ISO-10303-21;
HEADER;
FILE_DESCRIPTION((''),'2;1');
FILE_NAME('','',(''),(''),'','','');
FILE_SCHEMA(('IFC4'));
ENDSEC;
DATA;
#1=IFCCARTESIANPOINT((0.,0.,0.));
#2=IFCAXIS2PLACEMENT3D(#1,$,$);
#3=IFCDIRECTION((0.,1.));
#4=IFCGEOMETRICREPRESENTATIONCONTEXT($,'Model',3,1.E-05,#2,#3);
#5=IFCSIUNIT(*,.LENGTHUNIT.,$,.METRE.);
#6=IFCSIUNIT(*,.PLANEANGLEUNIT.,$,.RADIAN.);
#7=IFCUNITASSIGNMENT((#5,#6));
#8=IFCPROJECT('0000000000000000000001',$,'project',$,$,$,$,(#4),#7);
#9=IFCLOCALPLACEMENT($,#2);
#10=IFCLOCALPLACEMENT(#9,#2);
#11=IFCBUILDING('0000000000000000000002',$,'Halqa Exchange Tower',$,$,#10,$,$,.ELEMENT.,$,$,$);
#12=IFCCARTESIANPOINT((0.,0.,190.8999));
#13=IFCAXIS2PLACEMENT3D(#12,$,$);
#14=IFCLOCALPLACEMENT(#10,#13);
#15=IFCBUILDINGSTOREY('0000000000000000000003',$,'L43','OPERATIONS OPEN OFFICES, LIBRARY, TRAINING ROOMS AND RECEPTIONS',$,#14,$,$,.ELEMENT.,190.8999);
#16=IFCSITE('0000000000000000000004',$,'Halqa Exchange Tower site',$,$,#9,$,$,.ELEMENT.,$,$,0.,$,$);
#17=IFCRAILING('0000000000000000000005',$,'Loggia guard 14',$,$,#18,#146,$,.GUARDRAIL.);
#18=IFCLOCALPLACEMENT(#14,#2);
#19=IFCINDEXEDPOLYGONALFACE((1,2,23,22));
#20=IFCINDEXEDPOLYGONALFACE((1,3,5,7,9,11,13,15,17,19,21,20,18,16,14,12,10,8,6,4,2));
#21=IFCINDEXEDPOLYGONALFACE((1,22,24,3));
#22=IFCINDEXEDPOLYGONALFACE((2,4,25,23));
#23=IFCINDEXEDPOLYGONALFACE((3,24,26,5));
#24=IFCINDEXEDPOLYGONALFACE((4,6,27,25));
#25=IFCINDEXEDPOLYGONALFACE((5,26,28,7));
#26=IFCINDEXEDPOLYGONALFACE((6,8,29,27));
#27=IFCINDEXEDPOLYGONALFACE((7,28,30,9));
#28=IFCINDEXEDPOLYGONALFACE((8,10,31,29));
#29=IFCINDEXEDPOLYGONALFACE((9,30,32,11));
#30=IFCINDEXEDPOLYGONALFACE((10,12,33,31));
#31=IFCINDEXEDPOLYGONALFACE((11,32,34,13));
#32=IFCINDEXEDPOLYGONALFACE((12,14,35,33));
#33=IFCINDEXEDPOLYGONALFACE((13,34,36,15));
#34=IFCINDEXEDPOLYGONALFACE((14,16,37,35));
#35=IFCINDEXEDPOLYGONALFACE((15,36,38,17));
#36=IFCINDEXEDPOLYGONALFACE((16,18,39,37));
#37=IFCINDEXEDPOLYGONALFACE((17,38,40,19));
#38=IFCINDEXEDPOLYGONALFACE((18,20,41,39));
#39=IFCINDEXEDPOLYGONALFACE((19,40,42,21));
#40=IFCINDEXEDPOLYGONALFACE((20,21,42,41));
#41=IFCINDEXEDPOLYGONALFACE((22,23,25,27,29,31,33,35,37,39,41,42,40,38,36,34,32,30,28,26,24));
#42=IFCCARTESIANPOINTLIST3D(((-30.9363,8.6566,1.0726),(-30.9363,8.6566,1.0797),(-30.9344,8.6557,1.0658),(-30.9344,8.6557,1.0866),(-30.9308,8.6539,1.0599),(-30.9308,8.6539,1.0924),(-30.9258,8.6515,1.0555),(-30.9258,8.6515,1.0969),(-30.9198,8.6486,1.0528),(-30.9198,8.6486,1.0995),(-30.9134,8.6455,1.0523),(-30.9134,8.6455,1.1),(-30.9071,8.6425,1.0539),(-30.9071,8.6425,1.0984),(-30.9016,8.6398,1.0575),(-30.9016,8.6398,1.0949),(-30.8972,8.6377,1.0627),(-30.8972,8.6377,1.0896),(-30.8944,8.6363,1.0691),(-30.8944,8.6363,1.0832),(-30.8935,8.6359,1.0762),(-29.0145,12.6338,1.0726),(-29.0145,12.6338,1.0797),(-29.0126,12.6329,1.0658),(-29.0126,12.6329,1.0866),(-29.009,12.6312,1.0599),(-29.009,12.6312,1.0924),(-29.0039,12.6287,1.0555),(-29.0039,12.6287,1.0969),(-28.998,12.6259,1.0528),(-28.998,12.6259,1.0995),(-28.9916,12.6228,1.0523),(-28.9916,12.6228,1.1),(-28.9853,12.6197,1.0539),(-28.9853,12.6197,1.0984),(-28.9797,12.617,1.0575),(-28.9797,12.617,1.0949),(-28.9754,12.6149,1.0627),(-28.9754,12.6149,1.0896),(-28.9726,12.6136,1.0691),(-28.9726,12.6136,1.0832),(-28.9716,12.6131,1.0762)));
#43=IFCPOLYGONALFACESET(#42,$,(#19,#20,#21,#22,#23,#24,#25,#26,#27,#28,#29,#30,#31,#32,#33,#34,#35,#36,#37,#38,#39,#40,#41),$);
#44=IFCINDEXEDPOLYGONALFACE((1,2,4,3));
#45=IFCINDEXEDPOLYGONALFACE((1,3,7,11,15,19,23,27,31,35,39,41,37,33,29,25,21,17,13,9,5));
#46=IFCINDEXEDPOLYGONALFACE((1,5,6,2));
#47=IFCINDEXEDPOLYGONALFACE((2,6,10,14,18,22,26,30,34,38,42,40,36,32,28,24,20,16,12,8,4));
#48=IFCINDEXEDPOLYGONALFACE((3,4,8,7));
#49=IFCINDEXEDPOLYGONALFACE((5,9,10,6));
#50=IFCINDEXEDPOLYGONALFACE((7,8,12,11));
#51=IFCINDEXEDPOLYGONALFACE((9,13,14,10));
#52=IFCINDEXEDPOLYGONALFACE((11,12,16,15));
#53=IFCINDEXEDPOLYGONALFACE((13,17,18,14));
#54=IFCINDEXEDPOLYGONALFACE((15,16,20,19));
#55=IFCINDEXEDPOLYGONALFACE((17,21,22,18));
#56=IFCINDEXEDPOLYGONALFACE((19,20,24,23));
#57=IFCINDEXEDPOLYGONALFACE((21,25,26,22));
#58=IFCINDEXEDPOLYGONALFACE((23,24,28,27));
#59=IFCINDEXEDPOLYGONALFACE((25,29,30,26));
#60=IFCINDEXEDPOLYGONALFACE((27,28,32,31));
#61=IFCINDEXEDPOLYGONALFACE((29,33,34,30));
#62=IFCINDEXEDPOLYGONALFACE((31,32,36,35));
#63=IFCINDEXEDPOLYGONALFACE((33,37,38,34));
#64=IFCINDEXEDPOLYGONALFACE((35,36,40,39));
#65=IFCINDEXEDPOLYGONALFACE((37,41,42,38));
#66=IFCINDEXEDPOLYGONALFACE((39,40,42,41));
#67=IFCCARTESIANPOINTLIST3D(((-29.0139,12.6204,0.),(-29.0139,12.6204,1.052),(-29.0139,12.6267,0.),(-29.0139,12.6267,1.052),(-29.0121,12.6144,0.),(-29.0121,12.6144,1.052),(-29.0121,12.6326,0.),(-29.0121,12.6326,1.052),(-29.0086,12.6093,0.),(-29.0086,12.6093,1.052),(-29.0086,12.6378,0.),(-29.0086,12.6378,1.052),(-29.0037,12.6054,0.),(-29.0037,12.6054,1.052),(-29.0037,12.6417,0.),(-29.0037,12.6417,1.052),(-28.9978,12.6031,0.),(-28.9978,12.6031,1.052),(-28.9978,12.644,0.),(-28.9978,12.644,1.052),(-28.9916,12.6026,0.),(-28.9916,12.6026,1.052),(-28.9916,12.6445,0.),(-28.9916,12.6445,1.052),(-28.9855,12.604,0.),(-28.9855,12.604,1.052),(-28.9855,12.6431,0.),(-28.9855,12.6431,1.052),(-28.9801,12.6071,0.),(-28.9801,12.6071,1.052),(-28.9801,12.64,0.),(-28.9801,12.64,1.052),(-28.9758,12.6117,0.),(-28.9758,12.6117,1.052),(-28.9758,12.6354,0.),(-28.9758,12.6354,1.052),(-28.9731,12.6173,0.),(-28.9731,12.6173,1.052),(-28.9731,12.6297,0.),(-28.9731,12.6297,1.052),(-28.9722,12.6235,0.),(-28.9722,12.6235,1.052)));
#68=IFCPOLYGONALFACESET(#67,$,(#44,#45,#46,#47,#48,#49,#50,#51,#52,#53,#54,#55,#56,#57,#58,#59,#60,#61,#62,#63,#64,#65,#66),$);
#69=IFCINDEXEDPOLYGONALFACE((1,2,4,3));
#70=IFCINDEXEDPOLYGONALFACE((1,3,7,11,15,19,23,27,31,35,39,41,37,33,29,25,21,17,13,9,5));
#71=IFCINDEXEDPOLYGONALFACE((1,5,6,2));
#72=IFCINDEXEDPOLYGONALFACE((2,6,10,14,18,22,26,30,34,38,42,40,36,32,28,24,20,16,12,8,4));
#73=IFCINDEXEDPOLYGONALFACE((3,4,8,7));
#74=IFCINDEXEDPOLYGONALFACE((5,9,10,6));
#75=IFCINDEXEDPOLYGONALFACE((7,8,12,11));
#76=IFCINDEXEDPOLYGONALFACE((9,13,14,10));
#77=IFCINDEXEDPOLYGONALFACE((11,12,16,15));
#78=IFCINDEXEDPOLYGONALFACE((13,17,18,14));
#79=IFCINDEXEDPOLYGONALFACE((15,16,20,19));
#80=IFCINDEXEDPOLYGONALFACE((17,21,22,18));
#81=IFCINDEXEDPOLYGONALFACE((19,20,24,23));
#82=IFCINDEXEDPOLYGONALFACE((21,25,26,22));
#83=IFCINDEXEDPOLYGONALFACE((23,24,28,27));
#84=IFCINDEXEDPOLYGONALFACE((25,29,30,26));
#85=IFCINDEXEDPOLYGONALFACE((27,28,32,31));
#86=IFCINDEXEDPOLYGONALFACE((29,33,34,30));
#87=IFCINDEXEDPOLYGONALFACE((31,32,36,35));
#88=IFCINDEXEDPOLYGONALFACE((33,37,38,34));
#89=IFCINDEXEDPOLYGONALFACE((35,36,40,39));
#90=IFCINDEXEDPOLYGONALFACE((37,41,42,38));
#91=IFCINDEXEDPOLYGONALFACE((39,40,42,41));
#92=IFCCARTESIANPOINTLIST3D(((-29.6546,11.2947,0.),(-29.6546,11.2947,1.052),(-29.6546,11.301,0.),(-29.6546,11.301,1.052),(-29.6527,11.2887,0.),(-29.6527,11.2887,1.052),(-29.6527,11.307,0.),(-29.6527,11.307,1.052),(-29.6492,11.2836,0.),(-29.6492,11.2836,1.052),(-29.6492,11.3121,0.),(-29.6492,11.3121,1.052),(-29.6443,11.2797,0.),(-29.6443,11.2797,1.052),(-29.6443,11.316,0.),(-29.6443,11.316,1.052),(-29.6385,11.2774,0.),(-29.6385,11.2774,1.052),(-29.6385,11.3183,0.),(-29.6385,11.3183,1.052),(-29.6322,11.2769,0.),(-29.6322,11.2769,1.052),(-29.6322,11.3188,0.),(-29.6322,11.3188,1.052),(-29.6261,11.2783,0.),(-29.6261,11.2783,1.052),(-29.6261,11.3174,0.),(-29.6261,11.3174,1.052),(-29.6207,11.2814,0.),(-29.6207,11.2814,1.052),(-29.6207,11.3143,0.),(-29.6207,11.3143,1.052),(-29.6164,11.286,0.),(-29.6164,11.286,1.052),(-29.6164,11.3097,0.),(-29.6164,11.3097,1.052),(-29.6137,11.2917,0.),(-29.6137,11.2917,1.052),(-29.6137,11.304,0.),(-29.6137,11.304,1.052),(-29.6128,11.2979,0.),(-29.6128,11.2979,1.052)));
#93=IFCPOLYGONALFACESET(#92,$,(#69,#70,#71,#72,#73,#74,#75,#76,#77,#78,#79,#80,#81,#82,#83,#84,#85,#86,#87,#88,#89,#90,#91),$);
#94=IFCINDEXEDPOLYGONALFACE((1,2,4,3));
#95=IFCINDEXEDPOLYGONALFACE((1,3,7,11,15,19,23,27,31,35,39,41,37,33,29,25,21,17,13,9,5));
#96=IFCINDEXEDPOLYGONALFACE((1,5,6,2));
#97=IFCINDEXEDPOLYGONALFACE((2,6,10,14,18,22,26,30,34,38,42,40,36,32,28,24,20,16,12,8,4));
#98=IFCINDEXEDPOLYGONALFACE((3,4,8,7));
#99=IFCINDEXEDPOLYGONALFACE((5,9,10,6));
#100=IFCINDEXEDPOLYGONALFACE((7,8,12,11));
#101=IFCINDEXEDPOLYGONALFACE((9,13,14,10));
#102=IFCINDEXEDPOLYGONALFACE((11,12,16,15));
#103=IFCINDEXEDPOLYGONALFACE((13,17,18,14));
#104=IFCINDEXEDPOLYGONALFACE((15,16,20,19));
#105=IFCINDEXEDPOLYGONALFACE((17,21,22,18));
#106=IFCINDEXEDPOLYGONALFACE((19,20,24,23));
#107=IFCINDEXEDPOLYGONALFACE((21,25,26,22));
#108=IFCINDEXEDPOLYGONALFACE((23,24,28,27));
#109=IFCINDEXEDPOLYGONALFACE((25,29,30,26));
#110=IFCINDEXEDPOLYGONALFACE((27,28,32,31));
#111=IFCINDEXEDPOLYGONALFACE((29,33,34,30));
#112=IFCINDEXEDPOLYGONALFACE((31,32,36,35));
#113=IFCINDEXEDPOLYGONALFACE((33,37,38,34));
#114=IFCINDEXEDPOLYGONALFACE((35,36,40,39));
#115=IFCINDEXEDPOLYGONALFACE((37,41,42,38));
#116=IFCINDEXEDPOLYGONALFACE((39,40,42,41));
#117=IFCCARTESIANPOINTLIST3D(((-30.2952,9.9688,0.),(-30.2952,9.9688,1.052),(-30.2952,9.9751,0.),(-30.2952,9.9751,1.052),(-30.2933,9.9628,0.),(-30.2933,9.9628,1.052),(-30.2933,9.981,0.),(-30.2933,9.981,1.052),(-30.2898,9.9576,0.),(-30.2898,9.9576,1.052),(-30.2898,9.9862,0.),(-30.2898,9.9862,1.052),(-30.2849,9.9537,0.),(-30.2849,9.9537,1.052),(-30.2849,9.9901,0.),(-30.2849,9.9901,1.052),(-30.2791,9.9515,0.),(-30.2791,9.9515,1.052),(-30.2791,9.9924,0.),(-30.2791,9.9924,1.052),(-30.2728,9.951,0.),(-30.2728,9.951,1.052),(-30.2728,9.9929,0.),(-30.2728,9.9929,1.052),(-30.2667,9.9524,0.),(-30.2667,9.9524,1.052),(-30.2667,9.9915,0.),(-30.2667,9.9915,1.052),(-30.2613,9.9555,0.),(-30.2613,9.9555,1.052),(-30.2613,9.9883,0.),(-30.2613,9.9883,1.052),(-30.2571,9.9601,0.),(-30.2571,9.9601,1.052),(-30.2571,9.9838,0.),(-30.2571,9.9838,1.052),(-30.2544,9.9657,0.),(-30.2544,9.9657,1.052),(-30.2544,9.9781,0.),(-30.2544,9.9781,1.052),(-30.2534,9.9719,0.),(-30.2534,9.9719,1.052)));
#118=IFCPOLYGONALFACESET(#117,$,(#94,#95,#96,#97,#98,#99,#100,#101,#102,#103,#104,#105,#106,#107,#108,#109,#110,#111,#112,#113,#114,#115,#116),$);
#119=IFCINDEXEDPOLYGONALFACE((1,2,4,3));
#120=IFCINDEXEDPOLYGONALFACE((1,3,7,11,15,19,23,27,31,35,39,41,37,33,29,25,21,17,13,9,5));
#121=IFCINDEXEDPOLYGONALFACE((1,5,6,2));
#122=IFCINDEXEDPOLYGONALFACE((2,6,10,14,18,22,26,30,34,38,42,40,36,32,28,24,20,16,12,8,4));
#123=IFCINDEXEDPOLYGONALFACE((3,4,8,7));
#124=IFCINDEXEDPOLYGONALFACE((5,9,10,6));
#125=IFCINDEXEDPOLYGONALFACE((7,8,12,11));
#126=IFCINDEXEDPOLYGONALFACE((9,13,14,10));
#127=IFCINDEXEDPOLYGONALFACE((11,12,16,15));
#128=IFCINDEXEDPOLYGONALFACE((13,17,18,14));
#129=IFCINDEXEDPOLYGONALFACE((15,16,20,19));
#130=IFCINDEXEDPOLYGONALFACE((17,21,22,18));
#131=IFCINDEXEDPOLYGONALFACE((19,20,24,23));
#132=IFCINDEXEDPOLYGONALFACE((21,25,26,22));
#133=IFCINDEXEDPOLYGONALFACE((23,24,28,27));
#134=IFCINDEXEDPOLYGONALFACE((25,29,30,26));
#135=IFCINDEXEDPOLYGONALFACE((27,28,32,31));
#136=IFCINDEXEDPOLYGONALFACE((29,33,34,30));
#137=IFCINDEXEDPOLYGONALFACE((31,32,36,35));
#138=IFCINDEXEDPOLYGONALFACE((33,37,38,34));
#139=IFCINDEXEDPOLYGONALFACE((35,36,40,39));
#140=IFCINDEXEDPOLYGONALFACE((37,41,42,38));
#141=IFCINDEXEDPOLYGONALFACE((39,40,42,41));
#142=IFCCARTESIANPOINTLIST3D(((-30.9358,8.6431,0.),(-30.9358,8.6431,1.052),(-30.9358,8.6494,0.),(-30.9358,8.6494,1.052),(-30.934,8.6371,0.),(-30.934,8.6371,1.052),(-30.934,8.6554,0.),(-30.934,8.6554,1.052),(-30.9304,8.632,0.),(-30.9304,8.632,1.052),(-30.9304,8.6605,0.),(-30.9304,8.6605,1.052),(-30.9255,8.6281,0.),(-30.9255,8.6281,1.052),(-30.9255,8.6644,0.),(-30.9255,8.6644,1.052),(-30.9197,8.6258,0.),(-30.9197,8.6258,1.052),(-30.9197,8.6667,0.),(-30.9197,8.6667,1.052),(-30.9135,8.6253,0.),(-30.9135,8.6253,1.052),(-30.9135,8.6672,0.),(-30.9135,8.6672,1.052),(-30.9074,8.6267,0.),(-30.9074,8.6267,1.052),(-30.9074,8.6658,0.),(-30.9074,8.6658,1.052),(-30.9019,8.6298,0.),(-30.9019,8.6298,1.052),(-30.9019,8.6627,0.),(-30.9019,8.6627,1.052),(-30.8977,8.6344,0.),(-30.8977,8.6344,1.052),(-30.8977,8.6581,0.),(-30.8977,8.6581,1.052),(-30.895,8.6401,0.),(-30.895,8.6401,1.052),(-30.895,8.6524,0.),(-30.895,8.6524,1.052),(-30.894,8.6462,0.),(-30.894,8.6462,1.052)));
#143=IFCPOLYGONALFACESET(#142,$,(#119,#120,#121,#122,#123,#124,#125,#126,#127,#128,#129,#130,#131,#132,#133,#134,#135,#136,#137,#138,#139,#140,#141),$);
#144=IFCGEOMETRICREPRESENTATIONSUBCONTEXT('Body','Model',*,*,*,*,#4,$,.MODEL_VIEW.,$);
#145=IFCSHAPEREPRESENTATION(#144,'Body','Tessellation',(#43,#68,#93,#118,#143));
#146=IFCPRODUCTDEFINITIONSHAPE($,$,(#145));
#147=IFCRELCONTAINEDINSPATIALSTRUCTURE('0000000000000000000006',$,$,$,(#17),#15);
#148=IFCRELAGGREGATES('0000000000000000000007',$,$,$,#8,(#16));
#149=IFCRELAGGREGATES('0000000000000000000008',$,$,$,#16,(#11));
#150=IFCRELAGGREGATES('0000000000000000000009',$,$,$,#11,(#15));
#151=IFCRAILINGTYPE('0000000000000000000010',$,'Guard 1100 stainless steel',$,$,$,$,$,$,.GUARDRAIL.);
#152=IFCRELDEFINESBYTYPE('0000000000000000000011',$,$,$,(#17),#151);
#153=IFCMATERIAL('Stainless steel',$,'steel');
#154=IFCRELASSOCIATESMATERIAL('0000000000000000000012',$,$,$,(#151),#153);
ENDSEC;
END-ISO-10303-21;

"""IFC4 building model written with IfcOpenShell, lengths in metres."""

from ifc_helpers import new_model, si_unit, direction, frame, origin, origin_2d, place, context, subcontext, project, spatial, circle, extrude, material, type_object, element, save


model = new_model("IFC4")

# Units and contexts
model_context = context("Model", 3, precision=1e-05, world=origin(), true_north=direction((0.0, 1.0)))
body_context = subcontext(model_context, "Body", "Model", "MODEL_VIEW")
ifc_project = project(units=[si_unit("LENGTHUNIT", "METRE"), si_unit("PLANEANGLEUNIT", "RADIAN")], contexts=[model_context])

# Site, building, storey
site_placement = place(None, origin())
site = spatial("IfcSite", under=ifc_project, at=site_placement, Name="Halqa Exchange Tower site", CompositionType="ELEMENT", RefElevation=0.0)
building_placement = place(site_placement, origin())
building = spatial("IfcBuilding", under=site, at=building_placement, Name="Halqa Exchange Tower", CompositionType="ELEMENT")
storey_placement = place(building_placement, frame((0.0, 0.0, 190.8999)))
storey = spatial("IfcBuildingStorey", under=building, at=storey_placement, Name="L43", Description="OPERATIONS OPEN OFFICES, LIBRARY, TRAINING ROOMS AND RECEPTIONS", CompositionType="ELEMENT", Elevation=190.8999)

# Railing
ifc_material_1 = material(Name="Stainless steel", Category="steel")
railing_type = type_object("IfcRailingType", Name="Guard 1100 stainless steel", PredefinedType="GUARDRAIL", material=ifc_material_1)
railing_1_placement = place(storey_placement, frame((-28.9932, 12.6235, 0.0)))
element("IfcRailing", 1, at=railing_1_placement, inside=storey, type_object=railing_type, Name="Loggia guard 14", PredefinedType="GUARDRAIL", context=body_context, shape_type="SweptSolid", body=[
    extrude(circle(Radius=0.0239, at=origin_2d()), frame((0.0, 0.0, 1.0762), z_axis=(-0.43508, -0.900392, 0.0), x_axis=(0.900392, -0.43508, 0.0)), (0.0, 0.0, 1.0), 4.4172),
    extrude(circle(Radius=0.021, at=origin_2d()), origin(), (0.0, 0.0, 1.0), 1.052),
    extrude(circle(Radius=0.021, at=origin_2d()), frame((-0.6406, -1.3257, 0.0)), (0.0, 0.0, 1.0), 1.052),
    extrude(circle(Radius=0.021, at=origin_2d()), frame((-1.2812, -2.6516, 0.0)), (0.0, 0.0, 1.0), 1.052),
    extrude(circle(Radius=0.021, at=origin_2d()), frame((-1.9219, -3.9773, 0.0)), (0.0, 0.0, 1.0), 1.052),
])

save(model, "model.ifc")
